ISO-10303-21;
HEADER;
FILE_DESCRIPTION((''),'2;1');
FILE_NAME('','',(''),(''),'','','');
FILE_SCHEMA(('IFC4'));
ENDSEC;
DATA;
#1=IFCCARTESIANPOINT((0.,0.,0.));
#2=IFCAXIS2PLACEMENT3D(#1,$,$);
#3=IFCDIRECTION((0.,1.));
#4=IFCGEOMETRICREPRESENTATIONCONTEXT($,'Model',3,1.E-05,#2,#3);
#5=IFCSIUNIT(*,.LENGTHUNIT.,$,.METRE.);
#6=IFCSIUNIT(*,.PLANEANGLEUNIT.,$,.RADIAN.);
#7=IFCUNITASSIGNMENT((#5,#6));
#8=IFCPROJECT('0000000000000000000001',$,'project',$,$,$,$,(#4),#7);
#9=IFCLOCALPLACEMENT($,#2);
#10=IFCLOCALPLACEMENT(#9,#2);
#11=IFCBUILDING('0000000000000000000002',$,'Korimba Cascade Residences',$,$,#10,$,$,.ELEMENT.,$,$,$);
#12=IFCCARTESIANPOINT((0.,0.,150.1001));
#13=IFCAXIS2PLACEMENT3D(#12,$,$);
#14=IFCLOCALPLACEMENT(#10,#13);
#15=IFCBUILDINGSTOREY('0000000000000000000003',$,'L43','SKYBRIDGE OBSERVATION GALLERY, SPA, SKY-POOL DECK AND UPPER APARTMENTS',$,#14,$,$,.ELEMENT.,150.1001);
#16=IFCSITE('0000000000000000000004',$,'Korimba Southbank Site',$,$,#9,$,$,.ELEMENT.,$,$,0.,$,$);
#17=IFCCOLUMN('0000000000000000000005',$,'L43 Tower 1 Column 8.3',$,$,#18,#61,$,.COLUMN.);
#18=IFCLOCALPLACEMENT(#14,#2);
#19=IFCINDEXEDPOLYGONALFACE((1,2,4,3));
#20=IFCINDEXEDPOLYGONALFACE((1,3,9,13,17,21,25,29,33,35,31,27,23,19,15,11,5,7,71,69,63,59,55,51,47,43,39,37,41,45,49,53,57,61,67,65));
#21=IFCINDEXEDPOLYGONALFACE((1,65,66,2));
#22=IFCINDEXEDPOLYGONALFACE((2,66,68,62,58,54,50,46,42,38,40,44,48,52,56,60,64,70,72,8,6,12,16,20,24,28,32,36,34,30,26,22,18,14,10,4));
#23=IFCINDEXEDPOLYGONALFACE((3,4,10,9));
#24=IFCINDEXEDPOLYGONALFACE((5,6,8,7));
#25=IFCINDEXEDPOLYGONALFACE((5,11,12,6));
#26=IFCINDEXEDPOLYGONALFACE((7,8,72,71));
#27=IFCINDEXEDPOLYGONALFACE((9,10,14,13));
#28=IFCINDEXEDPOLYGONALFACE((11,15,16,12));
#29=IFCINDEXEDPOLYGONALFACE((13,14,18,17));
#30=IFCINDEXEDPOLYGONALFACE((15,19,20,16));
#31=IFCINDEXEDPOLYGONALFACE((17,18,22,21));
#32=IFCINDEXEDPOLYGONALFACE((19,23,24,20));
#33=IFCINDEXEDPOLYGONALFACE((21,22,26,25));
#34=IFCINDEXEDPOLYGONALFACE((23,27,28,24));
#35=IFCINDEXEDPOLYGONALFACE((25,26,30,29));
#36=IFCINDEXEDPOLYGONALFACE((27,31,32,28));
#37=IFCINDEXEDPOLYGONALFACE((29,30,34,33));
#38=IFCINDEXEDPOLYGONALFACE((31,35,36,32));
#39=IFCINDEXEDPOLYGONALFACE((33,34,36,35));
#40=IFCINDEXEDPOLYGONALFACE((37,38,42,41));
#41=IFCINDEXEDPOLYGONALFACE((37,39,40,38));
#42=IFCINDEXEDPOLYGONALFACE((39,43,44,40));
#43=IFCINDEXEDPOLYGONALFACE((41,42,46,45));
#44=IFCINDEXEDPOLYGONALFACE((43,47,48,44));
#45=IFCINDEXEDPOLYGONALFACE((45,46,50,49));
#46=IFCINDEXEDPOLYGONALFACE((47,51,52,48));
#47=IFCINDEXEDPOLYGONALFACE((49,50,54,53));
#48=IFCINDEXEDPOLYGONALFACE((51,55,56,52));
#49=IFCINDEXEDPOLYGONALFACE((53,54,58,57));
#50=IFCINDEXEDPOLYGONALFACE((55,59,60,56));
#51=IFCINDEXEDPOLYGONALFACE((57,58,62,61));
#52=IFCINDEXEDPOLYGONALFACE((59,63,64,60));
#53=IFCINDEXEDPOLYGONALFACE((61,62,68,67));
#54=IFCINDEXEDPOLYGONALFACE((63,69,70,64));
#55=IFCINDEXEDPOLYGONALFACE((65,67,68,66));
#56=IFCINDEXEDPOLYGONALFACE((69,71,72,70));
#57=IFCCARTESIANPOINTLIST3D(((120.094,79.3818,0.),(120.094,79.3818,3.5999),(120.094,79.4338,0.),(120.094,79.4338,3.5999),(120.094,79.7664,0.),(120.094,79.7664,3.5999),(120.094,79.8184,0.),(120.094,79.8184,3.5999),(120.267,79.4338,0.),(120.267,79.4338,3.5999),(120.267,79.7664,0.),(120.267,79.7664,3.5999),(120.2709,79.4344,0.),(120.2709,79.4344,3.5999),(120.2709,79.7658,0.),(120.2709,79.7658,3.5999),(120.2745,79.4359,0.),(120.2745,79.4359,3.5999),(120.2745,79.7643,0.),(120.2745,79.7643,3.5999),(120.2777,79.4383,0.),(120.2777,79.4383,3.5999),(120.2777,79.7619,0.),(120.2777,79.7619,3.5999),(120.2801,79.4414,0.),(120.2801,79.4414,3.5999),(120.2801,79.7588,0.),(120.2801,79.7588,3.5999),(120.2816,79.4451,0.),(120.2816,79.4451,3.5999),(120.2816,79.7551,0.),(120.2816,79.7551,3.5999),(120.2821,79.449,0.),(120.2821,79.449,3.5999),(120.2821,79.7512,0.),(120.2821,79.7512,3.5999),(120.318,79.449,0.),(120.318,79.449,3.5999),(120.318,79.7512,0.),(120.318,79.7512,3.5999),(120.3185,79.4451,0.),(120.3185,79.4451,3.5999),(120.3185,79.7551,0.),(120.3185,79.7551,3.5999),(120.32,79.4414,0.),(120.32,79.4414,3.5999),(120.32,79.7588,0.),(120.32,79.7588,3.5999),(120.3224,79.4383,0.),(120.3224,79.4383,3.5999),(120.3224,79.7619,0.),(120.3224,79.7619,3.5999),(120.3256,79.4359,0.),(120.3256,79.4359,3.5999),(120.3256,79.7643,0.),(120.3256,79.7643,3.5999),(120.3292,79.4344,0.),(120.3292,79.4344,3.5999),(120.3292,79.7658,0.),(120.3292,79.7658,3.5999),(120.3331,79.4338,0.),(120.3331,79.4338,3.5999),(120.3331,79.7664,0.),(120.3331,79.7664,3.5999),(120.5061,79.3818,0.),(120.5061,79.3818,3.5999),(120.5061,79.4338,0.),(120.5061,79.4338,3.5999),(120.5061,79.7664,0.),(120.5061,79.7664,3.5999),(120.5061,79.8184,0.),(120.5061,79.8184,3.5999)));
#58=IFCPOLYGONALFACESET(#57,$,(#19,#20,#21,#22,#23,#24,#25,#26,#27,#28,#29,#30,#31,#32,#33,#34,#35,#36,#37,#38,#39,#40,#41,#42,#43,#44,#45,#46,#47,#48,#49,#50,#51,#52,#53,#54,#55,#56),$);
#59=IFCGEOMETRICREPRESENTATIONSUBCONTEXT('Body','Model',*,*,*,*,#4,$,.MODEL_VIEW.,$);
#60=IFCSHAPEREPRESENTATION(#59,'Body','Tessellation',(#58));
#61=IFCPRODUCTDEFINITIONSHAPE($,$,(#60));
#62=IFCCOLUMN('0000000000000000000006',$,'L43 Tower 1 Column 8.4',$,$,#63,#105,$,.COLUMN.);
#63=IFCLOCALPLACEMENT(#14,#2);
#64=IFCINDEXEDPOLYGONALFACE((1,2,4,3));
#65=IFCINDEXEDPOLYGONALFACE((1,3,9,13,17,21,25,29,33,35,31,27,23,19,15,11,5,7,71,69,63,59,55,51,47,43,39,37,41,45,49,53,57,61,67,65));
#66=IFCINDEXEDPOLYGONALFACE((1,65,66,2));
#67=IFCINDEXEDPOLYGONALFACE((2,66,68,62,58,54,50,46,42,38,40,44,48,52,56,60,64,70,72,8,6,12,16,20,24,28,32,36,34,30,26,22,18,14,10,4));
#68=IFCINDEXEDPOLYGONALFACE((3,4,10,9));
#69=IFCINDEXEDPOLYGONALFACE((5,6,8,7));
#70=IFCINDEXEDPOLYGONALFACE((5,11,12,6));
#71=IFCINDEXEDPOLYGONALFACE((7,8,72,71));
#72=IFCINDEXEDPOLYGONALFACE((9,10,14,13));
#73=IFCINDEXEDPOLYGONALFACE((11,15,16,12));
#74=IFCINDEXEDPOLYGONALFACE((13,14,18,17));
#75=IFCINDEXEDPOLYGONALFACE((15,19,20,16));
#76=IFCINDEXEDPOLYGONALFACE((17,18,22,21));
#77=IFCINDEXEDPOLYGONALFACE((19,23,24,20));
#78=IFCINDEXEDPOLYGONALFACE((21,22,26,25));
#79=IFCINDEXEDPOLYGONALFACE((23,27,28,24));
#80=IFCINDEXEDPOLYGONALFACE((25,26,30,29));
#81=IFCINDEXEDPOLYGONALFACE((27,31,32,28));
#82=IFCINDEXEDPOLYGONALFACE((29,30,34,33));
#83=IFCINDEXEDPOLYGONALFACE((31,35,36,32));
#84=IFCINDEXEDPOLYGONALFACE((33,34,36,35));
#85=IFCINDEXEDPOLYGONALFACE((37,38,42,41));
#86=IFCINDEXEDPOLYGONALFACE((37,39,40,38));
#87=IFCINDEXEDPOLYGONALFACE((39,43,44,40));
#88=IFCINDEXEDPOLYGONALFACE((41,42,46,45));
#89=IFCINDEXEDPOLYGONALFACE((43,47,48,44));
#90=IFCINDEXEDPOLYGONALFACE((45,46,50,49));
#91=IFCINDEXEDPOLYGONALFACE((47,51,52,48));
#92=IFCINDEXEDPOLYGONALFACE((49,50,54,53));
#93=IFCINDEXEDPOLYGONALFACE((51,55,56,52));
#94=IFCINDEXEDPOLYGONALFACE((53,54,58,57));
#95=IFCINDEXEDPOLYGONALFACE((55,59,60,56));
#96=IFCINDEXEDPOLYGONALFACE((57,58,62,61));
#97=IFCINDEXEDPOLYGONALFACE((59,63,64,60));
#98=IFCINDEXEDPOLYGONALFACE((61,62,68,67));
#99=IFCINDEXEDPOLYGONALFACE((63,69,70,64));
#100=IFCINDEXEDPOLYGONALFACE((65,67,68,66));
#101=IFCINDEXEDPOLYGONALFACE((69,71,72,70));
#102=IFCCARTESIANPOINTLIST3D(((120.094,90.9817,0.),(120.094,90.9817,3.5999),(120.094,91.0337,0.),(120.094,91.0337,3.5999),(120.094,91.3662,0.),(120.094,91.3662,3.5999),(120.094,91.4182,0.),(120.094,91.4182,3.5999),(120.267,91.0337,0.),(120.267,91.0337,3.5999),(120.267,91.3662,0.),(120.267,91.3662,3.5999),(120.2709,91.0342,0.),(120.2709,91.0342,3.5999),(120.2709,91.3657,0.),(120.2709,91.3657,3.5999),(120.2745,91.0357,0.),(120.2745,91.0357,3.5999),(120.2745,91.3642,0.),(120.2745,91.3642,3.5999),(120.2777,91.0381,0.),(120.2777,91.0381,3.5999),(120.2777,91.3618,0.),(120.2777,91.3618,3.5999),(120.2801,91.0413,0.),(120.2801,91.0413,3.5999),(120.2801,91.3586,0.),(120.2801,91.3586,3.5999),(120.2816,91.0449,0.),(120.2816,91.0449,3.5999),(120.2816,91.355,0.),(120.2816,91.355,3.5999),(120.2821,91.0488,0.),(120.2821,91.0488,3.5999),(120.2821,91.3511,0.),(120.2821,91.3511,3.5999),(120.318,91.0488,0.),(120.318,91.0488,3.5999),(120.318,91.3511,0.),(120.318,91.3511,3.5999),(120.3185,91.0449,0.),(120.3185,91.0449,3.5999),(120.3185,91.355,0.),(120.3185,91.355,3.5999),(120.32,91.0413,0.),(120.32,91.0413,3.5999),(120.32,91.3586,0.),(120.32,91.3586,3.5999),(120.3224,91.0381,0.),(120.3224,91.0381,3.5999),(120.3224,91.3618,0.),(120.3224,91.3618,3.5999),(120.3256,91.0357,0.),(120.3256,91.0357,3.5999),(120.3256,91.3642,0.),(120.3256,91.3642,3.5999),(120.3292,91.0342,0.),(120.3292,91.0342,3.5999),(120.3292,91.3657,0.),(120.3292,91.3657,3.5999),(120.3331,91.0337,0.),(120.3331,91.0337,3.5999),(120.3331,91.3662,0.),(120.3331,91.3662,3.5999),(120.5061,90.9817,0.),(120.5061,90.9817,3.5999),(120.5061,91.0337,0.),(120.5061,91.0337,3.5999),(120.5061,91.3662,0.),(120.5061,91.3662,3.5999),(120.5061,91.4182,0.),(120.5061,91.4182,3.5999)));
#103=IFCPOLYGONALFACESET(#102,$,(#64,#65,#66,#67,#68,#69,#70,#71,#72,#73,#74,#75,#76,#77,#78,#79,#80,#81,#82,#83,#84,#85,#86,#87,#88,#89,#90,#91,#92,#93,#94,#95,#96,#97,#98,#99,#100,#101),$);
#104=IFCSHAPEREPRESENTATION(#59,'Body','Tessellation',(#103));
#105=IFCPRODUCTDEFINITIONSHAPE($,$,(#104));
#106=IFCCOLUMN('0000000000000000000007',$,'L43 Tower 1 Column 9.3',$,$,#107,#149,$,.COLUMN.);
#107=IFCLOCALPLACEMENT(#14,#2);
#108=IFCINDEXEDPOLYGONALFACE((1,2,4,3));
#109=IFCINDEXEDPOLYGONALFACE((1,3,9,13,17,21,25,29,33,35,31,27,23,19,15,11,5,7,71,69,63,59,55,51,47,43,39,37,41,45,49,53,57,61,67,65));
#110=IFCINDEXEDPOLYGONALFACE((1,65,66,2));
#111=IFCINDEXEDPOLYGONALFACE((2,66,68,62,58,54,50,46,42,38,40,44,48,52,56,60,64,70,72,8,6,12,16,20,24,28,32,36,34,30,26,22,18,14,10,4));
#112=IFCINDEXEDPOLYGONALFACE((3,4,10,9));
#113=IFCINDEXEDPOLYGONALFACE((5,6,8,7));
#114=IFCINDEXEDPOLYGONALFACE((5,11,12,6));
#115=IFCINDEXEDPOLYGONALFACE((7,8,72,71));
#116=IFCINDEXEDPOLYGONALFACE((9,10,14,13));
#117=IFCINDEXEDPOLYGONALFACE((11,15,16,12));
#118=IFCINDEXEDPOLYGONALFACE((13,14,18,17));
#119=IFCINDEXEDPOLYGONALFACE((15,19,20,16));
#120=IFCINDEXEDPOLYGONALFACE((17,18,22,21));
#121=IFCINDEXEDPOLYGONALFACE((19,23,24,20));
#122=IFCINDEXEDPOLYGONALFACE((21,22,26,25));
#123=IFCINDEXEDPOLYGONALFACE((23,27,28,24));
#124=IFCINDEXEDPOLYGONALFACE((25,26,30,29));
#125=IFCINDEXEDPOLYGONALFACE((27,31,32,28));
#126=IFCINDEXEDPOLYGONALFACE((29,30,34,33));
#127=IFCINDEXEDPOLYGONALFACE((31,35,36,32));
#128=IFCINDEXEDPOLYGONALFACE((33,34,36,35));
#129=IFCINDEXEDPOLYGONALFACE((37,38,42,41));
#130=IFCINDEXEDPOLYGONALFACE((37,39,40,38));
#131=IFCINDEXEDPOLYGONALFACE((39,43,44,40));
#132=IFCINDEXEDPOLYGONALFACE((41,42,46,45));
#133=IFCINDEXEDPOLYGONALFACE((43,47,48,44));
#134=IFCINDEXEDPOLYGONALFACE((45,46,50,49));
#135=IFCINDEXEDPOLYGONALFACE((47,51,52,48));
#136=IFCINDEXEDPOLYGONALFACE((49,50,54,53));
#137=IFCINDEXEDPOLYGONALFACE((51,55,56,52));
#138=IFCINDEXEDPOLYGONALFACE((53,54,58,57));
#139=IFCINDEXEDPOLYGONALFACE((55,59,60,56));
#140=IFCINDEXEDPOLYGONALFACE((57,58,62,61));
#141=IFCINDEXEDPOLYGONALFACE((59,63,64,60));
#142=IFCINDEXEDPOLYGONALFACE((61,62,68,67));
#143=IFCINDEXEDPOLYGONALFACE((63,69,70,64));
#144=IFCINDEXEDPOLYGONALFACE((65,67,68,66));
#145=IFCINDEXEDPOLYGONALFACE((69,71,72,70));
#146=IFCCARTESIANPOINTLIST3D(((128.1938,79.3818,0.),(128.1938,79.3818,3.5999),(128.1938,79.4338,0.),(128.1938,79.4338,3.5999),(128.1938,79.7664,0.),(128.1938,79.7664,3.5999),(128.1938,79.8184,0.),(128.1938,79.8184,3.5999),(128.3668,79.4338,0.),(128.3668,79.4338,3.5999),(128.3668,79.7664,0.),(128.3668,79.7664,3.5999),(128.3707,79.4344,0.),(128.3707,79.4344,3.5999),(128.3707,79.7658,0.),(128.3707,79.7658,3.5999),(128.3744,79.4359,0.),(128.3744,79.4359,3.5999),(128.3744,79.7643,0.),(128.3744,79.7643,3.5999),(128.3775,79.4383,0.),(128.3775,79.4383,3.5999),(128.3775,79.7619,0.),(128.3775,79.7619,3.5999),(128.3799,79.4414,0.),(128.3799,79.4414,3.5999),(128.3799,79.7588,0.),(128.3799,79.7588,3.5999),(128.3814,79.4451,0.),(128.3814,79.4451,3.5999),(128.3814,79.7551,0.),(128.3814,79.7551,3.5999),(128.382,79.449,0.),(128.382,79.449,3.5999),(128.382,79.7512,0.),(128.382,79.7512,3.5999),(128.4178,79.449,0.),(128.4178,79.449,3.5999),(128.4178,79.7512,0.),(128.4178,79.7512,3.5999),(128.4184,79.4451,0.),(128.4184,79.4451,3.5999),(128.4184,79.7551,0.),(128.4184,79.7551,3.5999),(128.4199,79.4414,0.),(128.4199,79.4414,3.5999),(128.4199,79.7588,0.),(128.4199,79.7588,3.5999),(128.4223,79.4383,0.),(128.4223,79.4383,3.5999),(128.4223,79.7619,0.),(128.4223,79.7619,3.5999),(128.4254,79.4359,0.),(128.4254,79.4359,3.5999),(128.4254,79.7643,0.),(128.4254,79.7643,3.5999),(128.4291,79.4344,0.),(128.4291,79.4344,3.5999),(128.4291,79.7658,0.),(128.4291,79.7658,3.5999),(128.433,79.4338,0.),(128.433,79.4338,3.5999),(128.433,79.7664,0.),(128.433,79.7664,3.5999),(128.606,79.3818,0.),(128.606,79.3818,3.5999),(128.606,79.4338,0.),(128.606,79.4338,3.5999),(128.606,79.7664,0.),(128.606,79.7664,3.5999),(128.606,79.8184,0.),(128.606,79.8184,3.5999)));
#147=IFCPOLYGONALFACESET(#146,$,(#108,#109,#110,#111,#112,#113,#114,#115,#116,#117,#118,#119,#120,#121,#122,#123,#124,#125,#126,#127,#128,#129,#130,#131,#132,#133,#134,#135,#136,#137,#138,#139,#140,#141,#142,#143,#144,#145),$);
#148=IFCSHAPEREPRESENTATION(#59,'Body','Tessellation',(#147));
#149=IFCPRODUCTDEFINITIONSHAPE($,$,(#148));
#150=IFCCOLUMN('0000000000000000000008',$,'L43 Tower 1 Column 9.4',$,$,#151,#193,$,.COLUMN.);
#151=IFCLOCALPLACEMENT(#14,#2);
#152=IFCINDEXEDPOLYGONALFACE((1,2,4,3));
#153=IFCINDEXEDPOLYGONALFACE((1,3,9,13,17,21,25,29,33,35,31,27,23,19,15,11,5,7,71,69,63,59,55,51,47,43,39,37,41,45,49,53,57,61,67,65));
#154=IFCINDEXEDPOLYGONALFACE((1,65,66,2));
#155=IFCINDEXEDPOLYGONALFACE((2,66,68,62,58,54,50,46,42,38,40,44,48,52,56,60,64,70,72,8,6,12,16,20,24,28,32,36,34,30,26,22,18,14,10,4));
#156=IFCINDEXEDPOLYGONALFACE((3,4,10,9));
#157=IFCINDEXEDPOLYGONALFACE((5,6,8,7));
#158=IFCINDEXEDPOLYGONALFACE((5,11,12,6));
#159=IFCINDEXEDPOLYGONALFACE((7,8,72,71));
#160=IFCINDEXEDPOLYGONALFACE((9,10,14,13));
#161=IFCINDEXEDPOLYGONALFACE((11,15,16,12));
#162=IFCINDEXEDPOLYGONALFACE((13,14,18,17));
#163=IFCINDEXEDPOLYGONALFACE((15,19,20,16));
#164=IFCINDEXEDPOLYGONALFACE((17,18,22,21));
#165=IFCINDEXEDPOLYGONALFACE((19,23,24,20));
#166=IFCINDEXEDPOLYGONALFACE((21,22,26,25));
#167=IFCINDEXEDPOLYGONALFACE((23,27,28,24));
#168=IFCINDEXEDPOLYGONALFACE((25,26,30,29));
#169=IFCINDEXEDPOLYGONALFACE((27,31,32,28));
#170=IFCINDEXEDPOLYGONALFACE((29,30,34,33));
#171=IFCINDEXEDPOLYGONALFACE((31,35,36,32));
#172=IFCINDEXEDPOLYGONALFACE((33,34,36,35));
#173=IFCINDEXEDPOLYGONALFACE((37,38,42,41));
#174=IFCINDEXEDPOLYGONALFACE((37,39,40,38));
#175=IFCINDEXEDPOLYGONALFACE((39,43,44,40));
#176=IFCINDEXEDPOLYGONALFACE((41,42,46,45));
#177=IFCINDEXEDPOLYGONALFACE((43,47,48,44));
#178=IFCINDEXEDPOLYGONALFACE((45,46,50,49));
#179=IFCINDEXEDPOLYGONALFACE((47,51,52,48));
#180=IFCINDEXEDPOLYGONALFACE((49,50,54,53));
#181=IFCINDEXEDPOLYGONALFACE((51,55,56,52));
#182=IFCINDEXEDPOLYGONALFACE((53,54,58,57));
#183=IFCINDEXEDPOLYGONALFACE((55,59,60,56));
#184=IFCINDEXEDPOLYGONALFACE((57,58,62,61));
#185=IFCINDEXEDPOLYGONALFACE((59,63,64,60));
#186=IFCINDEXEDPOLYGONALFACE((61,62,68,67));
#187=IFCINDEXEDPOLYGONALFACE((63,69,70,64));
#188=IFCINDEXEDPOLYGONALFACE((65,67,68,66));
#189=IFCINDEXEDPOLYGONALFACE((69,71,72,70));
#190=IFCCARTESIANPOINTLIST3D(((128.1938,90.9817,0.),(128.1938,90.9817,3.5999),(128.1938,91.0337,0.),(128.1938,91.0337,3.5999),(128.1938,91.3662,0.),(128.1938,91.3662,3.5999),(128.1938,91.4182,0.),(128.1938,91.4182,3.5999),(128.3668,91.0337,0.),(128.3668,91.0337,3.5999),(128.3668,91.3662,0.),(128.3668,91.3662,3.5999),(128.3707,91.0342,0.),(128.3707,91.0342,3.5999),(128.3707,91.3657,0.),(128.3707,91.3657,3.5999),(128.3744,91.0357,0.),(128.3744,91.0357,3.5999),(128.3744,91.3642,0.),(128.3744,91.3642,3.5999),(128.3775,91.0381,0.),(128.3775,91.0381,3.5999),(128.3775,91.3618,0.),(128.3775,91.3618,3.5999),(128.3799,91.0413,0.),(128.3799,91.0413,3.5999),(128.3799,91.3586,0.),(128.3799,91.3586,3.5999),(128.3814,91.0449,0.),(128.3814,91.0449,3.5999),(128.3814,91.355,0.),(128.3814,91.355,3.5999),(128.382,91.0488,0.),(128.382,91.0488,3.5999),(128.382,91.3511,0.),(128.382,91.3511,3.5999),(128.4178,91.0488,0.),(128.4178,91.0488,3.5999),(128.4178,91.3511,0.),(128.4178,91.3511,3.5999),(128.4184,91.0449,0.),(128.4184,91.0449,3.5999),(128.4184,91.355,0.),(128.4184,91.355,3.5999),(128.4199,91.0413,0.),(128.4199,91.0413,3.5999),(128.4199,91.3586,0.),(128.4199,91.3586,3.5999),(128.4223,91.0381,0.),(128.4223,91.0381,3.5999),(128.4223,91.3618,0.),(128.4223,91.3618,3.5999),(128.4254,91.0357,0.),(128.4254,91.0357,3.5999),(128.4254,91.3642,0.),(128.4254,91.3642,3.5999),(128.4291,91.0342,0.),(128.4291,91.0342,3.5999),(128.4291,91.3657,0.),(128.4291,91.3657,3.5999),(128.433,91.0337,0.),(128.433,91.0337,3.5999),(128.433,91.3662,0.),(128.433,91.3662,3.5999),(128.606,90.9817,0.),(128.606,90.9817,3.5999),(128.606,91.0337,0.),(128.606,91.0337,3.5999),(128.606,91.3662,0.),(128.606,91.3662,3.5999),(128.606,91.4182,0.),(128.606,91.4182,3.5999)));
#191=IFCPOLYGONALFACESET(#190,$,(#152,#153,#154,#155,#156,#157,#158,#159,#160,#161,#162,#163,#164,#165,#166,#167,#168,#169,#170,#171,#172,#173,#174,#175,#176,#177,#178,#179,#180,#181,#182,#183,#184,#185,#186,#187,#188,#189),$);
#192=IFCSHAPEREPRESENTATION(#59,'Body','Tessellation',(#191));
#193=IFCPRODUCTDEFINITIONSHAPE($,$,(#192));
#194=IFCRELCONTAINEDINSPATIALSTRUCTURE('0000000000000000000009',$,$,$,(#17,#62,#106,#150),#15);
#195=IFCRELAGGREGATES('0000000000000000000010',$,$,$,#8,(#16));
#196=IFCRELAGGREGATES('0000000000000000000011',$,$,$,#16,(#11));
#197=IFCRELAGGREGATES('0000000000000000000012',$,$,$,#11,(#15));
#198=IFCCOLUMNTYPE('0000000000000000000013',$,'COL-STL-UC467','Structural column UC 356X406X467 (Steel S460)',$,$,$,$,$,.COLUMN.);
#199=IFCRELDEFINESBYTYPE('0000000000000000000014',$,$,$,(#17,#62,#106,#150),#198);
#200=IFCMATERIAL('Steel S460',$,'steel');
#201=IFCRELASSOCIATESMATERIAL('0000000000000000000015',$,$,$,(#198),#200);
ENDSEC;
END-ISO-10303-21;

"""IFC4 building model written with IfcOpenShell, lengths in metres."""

from ifc_helpers import new_model, si_unit, direction, frame, origin, origin_2d, place, context, subcontext, project, spatial, i_section, extrude, material, material_profile, profile_set, type_object, element, save


model = new_model("IFC4")

# Units and contexts
model_context = context("Model", 3, precision=1e-05, world=origin(), true_north=direction((0.0, 1.0)))
body_context = subcontext(model_context, "Body", "Model", "MODEL_VIEW")
ifc_project = project(units=[si_unit("LENGTHUNIT", "METRE"), si_unit("PLANEANGLEUNIT", "RADIAN")], contexts=[model_context])

# Site, building, storey
site_placement = place(None, origin())
site = spatial("IfcSite", under=ifc_project, at=site_placement, Name="Korimba Southbank Site", CompositionType="ELEMENT", RefElevation=0.0)
building_placement = place(site_placement, origin())
building = spatial("IfcBuilding", under=site, at=building_placement, Name="Korimba Cascade Residences", CompositionType="ELEMENT")
storey_placement = place(building_placement, frame((0.0, 0.0, 150.1001)))
storey = spatial("IfcBuildingStorey", under=building, at=storey_placement, Name="L43", Description="SKYBRIDGE OBSERVATION GALLERY, SPA, SKY-POOL DECK AND UPPER APARTMENTS", CompositionType="ELEMENT", Elevation=150.1001)

# Columns
ifc_material_1 = material(Name="Steel S460", Category="steel")
ifc_material_profile_1 = material_profile(ifc_material_1, i_section(OverallWidth=0.4121, OverallDepth=0.4365, WebThickness=0.0359, FlangeThickness=0.052, FilletRadius=0.0151, at=origin_2d()), Name="Steel S460")
ifc_profile_set_1 = profile_set([ifc_material_profile_1], Name="Steel S460")
column_type = type_object("IfcColumnType", Name="COL-STL-UC467", Description="Structural column UC 356X406X467 (Steel S460)", PredefinedType="COLUMN", material=ifc_profile_set_1)
for number, where, z_axis, x_axis, name in (
    (1, (120.3, 79.6001, 0.0), (0.0, 0.0, 1.0), (1.0, 0.0, 0.0), "L43 Tower 1 Column 8.3"),
    (2, (120.3, 91.2, 0.0), (0.0, 0.0, 1.0), (1.0, 0.0, 0.0), "L43 Tower 1 Column 8.4"),
    (3, (128.3999, 79.6001, 0.0), (0.0, 0.0, 1.0), (1.0, 0.0, 0.0), "L43 Tower 1 Column 9.3"),
    (4, (128.3999, 91.2, 0.0), (0.0, 0.0, 1.0), (1.0, 0.0, 0.0), "L43 Tower 1 Column 9.4"),
):
    element("IfcColumn", number, at=place(storey_placement, frame(where, z_axis=z_axis, x_axis=x_axis)), inside=storey, type_object=column_type, Name=name, PredefinedType="COLUMN", context=body_context, shape_type="SweptSolid", body=[
        extrude(i_section(OverallWidth=0.4121, OverallDepth=0.4365, WebThickness=0.0359, FlangeThickness=0.052, FilletRadius=0.0151, at=origin_2d()), origin(), (0.0, 0.0, 1.0), 3.5999),
    ])

save(model, "model.ifc")
